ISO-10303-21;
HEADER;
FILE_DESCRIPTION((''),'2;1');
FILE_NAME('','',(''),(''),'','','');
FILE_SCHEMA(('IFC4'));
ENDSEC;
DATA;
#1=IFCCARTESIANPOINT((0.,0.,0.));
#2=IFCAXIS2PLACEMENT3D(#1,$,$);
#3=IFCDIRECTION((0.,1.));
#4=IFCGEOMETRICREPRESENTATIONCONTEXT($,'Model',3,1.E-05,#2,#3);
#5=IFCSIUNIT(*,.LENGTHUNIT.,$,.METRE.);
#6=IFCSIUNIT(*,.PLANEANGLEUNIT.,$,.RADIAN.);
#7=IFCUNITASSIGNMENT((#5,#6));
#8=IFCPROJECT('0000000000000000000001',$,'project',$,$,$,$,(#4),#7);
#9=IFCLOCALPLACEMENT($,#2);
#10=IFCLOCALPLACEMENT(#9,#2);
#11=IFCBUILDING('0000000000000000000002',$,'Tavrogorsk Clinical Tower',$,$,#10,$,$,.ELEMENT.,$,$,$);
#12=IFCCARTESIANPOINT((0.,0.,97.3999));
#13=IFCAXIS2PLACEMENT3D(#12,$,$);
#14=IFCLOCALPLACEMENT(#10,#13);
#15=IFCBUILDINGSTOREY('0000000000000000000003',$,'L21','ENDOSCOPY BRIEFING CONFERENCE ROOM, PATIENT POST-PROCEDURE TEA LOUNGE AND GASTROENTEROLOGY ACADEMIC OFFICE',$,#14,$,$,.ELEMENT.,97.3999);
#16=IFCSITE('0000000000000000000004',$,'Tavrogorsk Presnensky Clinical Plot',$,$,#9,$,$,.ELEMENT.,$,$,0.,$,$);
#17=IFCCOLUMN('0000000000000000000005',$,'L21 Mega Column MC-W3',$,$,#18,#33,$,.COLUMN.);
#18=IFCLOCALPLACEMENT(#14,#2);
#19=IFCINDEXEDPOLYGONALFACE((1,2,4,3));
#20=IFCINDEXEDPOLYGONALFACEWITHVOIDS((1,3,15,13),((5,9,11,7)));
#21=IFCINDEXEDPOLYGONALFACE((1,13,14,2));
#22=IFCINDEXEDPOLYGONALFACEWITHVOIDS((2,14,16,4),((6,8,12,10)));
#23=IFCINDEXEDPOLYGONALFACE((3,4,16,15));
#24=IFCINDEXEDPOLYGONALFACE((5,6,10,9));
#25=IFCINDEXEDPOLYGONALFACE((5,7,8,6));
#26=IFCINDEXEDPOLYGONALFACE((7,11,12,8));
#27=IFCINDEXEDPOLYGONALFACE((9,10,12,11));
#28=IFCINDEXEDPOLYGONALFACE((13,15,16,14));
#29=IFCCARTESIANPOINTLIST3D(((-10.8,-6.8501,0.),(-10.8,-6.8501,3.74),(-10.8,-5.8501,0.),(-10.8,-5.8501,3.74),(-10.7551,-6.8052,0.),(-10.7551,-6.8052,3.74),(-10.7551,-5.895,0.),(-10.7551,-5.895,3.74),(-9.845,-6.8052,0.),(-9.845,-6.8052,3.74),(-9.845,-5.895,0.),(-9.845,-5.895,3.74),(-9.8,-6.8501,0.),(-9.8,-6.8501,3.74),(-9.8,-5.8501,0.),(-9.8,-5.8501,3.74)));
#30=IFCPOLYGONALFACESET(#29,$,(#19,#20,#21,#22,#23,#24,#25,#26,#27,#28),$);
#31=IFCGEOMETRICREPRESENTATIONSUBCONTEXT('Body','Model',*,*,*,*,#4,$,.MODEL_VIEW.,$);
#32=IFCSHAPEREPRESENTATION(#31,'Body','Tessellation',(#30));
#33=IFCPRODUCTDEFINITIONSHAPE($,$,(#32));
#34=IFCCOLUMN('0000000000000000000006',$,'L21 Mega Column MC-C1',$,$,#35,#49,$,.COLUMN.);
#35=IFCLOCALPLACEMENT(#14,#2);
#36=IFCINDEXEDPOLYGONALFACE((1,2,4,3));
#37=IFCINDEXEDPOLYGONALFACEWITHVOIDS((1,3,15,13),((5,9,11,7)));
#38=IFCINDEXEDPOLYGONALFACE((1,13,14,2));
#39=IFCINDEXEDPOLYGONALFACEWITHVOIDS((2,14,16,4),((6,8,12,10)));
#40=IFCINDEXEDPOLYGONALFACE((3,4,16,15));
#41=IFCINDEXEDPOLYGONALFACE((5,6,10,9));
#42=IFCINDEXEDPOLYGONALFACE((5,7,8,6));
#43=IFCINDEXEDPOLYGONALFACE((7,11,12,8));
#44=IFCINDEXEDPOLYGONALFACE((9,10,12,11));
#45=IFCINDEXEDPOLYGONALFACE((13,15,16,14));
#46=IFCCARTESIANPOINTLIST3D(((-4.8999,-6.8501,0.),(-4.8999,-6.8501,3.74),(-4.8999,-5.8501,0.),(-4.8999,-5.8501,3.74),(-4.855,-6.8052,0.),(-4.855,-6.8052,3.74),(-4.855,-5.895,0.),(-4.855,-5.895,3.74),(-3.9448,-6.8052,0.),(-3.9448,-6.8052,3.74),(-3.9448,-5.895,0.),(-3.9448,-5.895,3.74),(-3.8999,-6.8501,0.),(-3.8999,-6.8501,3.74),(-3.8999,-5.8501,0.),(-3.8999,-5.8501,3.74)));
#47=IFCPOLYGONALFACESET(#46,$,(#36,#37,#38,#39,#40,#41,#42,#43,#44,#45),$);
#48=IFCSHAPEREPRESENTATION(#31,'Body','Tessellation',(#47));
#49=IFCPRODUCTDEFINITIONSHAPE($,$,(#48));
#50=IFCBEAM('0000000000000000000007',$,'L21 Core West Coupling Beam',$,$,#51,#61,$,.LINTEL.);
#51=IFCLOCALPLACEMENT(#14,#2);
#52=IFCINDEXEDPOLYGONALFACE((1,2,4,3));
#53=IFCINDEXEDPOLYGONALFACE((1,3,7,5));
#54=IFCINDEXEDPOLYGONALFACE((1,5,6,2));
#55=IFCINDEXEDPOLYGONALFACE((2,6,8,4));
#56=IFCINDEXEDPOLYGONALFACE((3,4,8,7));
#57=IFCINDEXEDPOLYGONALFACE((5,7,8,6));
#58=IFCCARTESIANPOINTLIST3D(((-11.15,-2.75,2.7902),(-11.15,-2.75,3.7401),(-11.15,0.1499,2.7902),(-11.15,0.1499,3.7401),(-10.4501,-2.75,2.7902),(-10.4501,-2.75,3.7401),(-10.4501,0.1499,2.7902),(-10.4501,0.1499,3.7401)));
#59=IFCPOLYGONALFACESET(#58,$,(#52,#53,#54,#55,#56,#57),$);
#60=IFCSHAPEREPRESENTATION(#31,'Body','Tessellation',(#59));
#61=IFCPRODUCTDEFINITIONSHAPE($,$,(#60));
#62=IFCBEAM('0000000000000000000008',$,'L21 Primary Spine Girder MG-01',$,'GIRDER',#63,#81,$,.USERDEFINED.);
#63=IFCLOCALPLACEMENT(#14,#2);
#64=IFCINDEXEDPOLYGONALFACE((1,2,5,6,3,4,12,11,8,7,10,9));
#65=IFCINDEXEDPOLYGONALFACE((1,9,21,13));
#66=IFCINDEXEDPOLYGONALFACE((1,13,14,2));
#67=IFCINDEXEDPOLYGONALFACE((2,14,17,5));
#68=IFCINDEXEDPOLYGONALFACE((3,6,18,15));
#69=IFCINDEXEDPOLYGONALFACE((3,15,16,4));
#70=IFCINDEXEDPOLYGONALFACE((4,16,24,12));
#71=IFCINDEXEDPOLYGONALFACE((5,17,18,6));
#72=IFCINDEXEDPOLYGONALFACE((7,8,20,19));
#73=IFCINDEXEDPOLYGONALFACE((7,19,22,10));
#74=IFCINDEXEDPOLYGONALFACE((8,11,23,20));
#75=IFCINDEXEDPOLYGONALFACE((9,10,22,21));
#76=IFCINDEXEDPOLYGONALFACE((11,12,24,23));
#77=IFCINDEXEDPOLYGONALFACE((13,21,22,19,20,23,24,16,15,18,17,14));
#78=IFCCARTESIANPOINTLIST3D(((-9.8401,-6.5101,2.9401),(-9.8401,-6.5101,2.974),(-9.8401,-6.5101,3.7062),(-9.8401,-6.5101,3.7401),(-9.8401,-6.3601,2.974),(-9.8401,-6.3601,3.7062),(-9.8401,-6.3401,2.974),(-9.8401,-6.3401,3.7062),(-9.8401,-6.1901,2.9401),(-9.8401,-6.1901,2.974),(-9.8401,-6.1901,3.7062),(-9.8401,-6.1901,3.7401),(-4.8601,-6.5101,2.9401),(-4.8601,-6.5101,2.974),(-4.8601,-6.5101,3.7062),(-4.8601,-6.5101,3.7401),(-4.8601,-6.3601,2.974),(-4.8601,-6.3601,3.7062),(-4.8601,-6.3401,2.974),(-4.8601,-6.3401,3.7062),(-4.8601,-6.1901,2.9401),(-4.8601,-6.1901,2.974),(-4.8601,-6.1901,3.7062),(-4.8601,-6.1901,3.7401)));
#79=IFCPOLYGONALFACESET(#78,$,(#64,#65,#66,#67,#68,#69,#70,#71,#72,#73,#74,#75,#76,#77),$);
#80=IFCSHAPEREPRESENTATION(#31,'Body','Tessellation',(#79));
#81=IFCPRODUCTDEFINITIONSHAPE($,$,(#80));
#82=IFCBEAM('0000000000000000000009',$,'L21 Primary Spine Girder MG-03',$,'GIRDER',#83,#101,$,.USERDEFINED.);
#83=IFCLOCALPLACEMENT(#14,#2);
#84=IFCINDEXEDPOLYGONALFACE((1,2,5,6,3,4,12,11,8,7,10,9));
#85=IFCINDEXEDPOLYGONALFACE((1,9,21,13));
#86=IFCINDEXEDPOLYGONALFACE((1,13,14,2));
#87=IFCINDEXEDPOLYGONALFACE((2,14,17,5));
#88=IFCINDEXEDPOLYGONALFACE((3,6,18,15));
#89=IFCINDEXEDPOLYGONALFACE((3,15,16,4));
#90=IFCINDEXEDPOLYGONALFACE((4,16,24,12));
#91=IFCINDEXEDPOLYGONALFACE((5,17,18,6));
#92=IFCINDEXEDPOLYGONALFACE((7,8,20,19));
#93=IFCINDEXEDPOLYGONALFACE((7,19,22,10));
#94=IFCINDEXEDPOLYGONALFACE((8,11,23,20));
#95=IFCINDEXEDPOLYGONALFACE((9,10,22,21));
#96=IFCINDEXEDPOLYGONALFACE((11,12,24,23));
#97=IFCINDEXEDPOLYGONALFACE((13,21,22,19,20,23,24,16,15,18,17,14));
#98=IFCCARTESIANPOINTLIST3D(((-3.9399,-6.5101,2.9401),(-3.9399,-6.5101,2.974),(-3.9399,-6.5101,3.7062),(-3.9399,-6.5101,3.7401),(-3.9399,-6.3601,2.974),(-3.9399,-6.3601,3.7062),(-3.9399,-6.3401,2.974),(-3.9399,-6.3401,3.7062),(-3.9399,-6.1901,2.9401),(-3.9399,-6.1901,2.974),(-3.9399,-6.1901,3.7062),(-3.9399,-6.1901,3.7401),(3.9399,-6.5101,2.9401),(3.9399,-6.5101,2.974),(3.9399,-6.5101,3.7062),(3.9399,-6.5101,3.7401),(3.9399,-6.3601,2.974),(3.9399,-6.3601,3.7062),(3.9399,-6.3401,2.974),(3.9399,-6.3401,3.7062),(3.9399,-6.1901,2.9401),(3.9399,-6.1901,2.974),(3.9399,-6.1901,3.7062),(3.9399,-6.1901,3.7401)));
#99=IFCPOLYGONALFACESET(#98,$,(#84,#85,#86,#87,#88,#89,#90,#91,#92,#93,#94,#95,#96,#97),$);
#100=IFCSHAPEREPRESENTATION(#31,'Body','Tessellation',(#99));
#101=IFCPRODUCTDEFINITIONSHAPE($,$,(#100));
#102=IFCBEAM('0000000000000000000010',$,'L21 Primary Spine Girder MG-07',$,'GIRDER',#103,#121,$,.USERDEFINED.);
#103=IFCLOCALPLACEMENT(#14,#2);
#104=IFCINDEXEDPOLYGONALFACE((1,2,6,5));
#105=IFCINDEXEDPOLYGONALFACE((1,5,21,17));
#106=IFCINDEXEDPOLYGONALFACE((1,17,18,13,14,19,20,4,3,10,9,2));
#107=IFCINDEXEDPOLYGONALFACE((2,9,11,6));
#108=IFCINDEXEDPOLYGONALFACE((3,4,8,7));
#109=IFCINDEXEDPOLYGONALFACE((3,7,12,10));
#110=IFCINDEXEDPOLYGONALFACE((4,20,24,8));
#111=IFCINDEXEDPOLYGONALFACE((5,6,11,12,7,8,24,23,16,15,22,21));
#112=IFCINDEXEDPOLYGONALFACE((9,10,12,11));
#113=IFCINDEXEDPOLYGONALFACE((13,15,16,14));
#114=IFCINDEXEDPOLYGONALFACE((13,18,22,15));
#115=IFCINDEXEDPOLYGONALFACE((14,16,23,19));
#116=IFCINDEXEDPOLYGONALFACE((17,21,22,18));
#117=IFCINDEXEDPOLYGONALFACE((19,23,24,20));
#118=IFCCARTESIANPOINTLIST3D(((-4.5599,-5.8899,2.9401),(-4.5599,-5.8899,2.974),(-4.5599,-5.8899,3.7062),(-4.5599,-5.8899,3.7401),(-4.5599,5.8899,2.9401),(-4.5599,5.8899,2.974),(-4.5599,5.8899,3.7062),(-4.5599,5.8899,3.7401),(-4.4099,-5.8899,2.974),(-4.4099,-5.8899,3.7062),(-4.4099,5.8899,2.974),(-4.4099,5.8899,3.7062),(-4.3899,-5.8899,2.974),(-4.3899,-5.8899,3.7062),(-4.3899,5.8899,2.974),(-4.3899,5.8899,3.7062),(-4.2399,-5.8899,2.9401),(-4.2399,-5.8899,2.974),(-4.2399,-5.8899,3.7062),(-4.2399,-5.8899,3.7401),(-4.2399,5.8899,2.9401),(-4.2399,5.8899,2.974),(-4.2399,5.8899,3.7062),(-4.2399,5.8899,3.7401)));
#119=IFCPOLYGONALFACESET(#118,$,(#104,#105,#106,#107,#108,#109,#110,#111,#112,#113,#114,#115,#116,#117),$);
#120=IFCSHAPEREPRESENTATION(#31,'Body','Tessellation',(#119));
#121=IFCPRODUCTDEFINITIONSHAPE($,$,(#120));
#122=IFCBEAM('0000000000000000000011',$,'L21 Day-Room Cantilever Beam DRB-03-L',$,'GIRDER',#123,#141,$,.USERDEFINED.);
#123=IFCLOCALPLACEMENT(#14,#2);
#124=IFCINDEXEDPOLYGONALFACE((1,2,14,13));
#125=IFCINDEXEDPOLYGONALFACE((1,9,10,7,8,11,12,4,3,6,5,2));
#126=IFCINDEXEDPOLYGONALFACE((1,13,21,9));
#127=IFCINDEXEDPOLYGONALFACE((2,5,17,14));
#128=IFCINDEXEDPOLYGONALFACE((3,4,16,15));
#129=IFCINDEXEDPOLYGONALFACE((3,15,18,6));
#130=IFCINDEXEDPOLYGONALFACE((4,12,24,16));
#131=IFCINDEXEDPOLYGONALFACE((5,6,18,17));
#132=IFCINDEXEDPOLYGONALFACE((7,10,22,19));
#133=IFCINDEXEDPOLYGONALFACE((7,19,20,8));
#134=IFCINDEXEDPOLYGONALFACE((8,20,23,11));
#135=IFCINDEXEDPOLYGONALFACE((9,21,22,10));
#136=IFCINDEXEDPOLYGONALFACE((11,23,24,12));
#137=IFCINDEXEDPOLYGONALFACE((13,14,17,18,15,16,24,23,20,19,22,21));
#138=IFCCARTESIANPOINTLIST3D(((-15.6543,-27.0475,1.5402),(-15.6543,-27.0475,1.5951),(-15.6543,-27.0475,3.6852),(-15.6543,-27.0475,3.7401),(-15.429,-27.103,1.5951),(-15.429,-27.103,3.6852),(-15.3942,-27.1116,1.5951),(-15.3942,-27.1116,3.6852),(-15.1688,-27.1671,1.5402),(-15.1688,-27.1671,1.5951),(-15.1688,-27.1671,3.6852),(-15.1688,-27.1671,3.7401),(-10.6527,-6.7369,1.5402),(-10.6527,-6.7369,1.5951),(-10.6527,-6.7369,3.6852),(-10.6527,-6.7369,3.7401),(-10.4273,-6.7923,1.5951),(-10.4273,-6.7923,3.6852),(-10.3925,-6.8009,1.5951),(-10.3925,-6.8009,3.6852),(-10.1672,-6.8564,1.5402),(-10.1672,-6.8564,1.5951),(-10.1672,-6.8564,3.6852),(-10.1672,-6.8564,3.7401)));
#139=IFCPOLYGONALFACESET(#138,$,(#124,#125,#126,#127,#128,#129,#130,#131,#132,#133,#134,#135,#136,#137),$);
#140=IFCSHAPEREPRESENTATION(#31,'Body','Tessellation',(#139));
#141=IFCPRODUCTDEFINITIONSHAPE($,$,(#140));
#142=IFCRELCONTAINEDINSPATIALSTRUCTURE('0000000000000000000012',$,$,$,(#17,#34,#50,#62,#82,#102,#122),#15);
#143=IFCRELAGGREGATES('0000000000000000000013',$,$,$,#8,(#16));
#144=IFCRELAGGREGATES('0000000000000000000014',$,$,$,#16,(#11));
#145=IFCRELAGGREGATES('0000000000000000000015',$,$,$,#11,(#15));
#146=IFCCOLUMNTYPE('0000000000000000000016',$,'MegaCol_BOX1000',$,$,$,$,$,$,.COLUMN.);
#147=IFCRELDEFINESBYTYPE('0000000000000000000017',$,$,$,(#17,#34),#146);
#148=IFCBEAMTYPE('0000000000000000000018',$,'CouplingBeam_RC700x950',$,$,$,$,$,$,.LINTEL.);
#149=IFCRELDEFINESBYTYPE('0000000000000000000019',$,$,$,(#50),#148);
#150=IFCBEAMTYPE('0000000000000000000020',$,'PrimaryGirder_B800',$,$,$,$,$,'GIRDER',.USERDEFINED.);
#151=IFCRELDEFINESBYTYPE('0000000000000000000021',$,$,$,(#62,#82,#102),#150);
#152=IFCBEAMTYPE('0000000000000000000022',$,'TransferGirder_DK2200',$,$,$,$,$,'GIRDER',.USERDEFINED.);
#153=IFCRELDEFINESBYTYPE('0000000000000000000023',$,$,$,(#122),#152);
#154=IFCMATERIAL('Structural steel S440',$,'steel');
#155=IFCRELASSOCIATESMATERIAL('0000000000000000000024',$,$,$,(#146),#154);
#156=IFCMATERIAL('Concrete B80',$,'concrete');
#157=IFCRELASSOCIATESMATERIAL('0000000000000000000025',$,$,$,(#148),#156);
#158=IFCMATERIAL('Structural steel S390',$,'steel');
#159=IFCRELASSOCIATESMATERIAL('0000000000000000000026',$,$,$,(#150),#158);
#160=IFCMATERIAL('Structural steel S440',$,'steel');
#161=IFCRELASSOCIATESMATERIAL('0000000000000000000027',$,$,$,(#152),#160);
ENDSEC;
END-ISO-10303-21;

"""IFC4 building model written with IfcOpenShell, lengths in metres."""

from ifc_helpers import new_model, si_unit, direction, frame, origin, origin_2d, place, context, subcontext, project, spatial, rectangle, hollow_rectangle, i_section, extrude, material, material_profile, profile_set, type_object, element, save


model = new_model("IFC4")

# Units and contexts
model_context = context("Model", 3, precision=1e-05, world=origin(), true_north=direction((0.0, 1.0)))
body_context = subcontext(model_context, "Body", "Model", "MODEL_VIEW")
ifc_project = project(units=[si_unit("LENGTHUNIT", "METRE"), si_unit("PLANEANGLEUNIT", "RADIAN")], contexts=[model_context])

# Site, building, storey
site_placement = place(None, origin())
site = spatial("IfcSite", under=ifc_project, at=site_placement, Name="Tavrogorsk Presnensky Clinical Plot", CompositionType="ELEMENT", RefElevation=0.0)
building_placement = place(site_placement, origin())
building = spatial("IfcBuilding", under=site, at=building_placement, Name="Tavrogorsk Clinical Tower", CompositionType="ELEMENT")
storey_placement = place(building_placement, frame((0.0, 0.0, 97.3999)))
storey = spatial("IfcBuildingStorey", under=building, at=storey_placement, Name="L21", Description="ENDOSCOPY BRIEFING CONFERENCE ROOM, PATIENT POST-PROCEDURE TEA LOUNGE AND GASTROENTEROLOGY ACADEMIC OFFICE", CompositionType="ELEMENT", Elevation=97.3999)

# Columns
ifc_material_1 = material(Name="Structural steel S440", Category="steel")
ifc_material_profile_1 = material_profile(ifc_material_1, hollow_rectangle(XDim=1.0, YDim=1.0, WallThickness=0.0449, at=origin_2d()), Name="BOX-1000x1000x45")
ifc_profile_set_1 = profile_set([ifc_material_profile_1], Name="Structural steel S440")
column_type = type_object("IfcColumnType", Name="MegaCol_BOX1000", PredefinedType="COLUMN", material=ifc_profile_set_1)
for number, where, z_axis, x_axis, name in (
    (1, (-10.3, -6.3501, 0.0), (0.0, 0.0, 1.0), (1.0, 0.0, 0.0), "L21 Mega Column MC-W3"),
    (2, (-4.3999, -6.3501, 0.0), (0.0, 0.0, 1.0), (1.0, 0.0, 0.0), "L21 Mega Column MC-C1"),
):
    element("IfcColumn", number, at=place(storey_placement, frame(where, z_axis=z_axis, x_axis=x_axis)), inside=storey, type_object=column_type, Name=name, PredefinedType="COLUMN", context=body_context, shape_type="SweptSolid", body=[
        extrude(hollow_rectangle(XDim=1.0, YDim=1.0, WallThickness=0.0449, at=origin_2d()), origin(), (0.0, 0.0, 1.0), 3.74),
    ])

# Beams
ifc_material_2 = material(Name="Concrete B80", Category="concrete")
ifc_material_profile_2 = material_profile(ifc_material_2, rectangle(XDim=0.7, YDim=0.95, at=origin_2d()), Name="RC-CB-700x950")
ifc_profile_set_2 = profile_set([ifc_material_profile_2], Name="Concrete B80")
beam_type_1 = type_object("IfcBeamType", Name="CouplingBeam_RC700x950", PredefinedType="LINTEL", material=ifc_profile_set_2)
beam_1_placement = place(storey_placement, frame((-10.8, -2.75, 3.2651), z_axis=(0.0, 1.0, 0.0), x_axis=(-1.0, 0.0, 0.0)))
element("IfcBeam", 3, at=beam_1_placement, inside=storey, type_object=beam_type_1, Name="L21 Core West Coupling Beam", PredefinedType="LINTEL", context=body_context, shape_type="SweptSolid", body=[
    extrude(rectangle(XDim=0.7, YDim=0.95, at=origin_2d()), origin(), (0.0, 0.0, 1.0), 2.8999),
])
ifc_material_3 = material(Name="Structural steel S390", Category="steel")
ifc_material_profile_3 = material_profile(ifc_material_3, i_section(OverallWidth=0.3201, OverallDepth=0.8, WebThickness=0.02, FlangeThickness=0.0339, at=origin_2d()), Name="B-800x320x20x34")
ifc_profile_set_3 = profile_set([ifc_material_profile_3], Name="Structural steel S390")
beam_type_2 = type_object("IfcBeamType", Name="PrimaryGirder_B800", ElementType="GIRDER", PredefinedType="USERDEFINED", material=ifc_profile_set_3)
beam_2_placement = place(storey_placement, frame((-9.8401, -6.3501, 3.3401), z_axis=(1.0, 0.0, 0.0), x_axis=(0.0, 1.0, 0.0)))
element("IfcBeam", 4, at=beam_2_placement, inside=storey, type_object=beam_type_2, Name="L21 Primary Spine Girder MG-01", ObjectType="GIRDER", PredefinedType="USERDEFINED", context=body_context, shape_type="SweptSolid", body=[
    extrude(i_section(OverallWidth=0.3201, OverallDepth=0.8, WebThickness=0.02, FlangeThickness=0.0339, at=origin_2d()), origin(), (0.0, 0.0, 1.0), 4.98),
])
beam_3_placement = place(storey_placement, frame((-3.9399, -6.3501, 3.3401), z_axis=(1.0, 0.0, 0.0), x_axis=(0.0, 1.0, 0.0)))
element("IfcBeam", 5, at=beam_3_placement, inside=storey, type_object=beam_type_2, Name="L21 Primary Spine Girder MG-03", ObjectType="GIRDER", PredefinedType="USERDEFINED", context=body_context, shape_type="SweptSolid", body=[
    extrude(i_section(OverallWidth=0.3201, OverallDepth=0.8, WebThickness=0.02, FlangeThickness=0.0339, at=origin_2d()), origin(), (0.0, 0.0, 1.0), 7.8799),
])
beam_4_placement = place(storey_placement, frame((-4.3999, -5.8899, 3.3401), z_axis=(0.0, 1.0, 0.0), x_axis=(-1.0, 0.0, 0.0)))
element("IfcBeam", 6, at=beam_4_placement, inside=storey, type_object=beam_type_2, Name="L21 Primary Spine Girder MG-07", ObjectType="GIRDER", PredefinedType="USERDEFINED", context=body_context, shape_type="SweptSolid", body=[
    extrude(i_section(OverallWidth=0.3201, OverallDepth=0.8, WebThickness=0.02, FlangeThickness=0.0339, at=origin_2d()), origin(), (0.0, 0.0, 1.0), 11.7798),
])
ifc_material_4 = material(Name="Structural steel S440", Category="steel")
ifc_material_profile_4 = material_profile(ifc_material_4, i_section(OverallWidth=0.5, OverallDepth=2.2, WebThickness=0.0359, FlangeThickness=0.0549, at=origin_2d()), Name="DK-2200x500x36x55")
ifc_profile_set_4 = profile_set([ifc_material_profile_4], Name="Structural steel S440")
beam_type_3 = type_object("IfcBeamType", Name="TransferGirder_DK2200", ElementType="GIRDER", PredefinedType="USERDEFINED", material=ifc_profile_set_4)
beam_5_placement = place(storey_placement, frame((-10.4099, -6.7966, 2.6401), z_axis=(-0.239115, -0.970991, 0.0), x_axis=(0.970991, -0.239115, 0.0)))
element("IfcBeam", 7, at=beam_5_placement, inside=storey, type_object=beam_type_3, Name="L21 Day-Room Cantilever Beam DRB-03-L", ObjectType="GIRDER", PredefinedType="USERDEFINED", context=body_context, shape_type="SweptSolid", body=[
    extrude(i_section(OverallWidth=0.5, OverallDepth=2.2, WebThickness=0.0359, FlangeThickness=0.0549, at=origin_2d()), origin(), (0.0, 0.0, 1.0), 20.9175),
])

save(model, "model.ifc")
